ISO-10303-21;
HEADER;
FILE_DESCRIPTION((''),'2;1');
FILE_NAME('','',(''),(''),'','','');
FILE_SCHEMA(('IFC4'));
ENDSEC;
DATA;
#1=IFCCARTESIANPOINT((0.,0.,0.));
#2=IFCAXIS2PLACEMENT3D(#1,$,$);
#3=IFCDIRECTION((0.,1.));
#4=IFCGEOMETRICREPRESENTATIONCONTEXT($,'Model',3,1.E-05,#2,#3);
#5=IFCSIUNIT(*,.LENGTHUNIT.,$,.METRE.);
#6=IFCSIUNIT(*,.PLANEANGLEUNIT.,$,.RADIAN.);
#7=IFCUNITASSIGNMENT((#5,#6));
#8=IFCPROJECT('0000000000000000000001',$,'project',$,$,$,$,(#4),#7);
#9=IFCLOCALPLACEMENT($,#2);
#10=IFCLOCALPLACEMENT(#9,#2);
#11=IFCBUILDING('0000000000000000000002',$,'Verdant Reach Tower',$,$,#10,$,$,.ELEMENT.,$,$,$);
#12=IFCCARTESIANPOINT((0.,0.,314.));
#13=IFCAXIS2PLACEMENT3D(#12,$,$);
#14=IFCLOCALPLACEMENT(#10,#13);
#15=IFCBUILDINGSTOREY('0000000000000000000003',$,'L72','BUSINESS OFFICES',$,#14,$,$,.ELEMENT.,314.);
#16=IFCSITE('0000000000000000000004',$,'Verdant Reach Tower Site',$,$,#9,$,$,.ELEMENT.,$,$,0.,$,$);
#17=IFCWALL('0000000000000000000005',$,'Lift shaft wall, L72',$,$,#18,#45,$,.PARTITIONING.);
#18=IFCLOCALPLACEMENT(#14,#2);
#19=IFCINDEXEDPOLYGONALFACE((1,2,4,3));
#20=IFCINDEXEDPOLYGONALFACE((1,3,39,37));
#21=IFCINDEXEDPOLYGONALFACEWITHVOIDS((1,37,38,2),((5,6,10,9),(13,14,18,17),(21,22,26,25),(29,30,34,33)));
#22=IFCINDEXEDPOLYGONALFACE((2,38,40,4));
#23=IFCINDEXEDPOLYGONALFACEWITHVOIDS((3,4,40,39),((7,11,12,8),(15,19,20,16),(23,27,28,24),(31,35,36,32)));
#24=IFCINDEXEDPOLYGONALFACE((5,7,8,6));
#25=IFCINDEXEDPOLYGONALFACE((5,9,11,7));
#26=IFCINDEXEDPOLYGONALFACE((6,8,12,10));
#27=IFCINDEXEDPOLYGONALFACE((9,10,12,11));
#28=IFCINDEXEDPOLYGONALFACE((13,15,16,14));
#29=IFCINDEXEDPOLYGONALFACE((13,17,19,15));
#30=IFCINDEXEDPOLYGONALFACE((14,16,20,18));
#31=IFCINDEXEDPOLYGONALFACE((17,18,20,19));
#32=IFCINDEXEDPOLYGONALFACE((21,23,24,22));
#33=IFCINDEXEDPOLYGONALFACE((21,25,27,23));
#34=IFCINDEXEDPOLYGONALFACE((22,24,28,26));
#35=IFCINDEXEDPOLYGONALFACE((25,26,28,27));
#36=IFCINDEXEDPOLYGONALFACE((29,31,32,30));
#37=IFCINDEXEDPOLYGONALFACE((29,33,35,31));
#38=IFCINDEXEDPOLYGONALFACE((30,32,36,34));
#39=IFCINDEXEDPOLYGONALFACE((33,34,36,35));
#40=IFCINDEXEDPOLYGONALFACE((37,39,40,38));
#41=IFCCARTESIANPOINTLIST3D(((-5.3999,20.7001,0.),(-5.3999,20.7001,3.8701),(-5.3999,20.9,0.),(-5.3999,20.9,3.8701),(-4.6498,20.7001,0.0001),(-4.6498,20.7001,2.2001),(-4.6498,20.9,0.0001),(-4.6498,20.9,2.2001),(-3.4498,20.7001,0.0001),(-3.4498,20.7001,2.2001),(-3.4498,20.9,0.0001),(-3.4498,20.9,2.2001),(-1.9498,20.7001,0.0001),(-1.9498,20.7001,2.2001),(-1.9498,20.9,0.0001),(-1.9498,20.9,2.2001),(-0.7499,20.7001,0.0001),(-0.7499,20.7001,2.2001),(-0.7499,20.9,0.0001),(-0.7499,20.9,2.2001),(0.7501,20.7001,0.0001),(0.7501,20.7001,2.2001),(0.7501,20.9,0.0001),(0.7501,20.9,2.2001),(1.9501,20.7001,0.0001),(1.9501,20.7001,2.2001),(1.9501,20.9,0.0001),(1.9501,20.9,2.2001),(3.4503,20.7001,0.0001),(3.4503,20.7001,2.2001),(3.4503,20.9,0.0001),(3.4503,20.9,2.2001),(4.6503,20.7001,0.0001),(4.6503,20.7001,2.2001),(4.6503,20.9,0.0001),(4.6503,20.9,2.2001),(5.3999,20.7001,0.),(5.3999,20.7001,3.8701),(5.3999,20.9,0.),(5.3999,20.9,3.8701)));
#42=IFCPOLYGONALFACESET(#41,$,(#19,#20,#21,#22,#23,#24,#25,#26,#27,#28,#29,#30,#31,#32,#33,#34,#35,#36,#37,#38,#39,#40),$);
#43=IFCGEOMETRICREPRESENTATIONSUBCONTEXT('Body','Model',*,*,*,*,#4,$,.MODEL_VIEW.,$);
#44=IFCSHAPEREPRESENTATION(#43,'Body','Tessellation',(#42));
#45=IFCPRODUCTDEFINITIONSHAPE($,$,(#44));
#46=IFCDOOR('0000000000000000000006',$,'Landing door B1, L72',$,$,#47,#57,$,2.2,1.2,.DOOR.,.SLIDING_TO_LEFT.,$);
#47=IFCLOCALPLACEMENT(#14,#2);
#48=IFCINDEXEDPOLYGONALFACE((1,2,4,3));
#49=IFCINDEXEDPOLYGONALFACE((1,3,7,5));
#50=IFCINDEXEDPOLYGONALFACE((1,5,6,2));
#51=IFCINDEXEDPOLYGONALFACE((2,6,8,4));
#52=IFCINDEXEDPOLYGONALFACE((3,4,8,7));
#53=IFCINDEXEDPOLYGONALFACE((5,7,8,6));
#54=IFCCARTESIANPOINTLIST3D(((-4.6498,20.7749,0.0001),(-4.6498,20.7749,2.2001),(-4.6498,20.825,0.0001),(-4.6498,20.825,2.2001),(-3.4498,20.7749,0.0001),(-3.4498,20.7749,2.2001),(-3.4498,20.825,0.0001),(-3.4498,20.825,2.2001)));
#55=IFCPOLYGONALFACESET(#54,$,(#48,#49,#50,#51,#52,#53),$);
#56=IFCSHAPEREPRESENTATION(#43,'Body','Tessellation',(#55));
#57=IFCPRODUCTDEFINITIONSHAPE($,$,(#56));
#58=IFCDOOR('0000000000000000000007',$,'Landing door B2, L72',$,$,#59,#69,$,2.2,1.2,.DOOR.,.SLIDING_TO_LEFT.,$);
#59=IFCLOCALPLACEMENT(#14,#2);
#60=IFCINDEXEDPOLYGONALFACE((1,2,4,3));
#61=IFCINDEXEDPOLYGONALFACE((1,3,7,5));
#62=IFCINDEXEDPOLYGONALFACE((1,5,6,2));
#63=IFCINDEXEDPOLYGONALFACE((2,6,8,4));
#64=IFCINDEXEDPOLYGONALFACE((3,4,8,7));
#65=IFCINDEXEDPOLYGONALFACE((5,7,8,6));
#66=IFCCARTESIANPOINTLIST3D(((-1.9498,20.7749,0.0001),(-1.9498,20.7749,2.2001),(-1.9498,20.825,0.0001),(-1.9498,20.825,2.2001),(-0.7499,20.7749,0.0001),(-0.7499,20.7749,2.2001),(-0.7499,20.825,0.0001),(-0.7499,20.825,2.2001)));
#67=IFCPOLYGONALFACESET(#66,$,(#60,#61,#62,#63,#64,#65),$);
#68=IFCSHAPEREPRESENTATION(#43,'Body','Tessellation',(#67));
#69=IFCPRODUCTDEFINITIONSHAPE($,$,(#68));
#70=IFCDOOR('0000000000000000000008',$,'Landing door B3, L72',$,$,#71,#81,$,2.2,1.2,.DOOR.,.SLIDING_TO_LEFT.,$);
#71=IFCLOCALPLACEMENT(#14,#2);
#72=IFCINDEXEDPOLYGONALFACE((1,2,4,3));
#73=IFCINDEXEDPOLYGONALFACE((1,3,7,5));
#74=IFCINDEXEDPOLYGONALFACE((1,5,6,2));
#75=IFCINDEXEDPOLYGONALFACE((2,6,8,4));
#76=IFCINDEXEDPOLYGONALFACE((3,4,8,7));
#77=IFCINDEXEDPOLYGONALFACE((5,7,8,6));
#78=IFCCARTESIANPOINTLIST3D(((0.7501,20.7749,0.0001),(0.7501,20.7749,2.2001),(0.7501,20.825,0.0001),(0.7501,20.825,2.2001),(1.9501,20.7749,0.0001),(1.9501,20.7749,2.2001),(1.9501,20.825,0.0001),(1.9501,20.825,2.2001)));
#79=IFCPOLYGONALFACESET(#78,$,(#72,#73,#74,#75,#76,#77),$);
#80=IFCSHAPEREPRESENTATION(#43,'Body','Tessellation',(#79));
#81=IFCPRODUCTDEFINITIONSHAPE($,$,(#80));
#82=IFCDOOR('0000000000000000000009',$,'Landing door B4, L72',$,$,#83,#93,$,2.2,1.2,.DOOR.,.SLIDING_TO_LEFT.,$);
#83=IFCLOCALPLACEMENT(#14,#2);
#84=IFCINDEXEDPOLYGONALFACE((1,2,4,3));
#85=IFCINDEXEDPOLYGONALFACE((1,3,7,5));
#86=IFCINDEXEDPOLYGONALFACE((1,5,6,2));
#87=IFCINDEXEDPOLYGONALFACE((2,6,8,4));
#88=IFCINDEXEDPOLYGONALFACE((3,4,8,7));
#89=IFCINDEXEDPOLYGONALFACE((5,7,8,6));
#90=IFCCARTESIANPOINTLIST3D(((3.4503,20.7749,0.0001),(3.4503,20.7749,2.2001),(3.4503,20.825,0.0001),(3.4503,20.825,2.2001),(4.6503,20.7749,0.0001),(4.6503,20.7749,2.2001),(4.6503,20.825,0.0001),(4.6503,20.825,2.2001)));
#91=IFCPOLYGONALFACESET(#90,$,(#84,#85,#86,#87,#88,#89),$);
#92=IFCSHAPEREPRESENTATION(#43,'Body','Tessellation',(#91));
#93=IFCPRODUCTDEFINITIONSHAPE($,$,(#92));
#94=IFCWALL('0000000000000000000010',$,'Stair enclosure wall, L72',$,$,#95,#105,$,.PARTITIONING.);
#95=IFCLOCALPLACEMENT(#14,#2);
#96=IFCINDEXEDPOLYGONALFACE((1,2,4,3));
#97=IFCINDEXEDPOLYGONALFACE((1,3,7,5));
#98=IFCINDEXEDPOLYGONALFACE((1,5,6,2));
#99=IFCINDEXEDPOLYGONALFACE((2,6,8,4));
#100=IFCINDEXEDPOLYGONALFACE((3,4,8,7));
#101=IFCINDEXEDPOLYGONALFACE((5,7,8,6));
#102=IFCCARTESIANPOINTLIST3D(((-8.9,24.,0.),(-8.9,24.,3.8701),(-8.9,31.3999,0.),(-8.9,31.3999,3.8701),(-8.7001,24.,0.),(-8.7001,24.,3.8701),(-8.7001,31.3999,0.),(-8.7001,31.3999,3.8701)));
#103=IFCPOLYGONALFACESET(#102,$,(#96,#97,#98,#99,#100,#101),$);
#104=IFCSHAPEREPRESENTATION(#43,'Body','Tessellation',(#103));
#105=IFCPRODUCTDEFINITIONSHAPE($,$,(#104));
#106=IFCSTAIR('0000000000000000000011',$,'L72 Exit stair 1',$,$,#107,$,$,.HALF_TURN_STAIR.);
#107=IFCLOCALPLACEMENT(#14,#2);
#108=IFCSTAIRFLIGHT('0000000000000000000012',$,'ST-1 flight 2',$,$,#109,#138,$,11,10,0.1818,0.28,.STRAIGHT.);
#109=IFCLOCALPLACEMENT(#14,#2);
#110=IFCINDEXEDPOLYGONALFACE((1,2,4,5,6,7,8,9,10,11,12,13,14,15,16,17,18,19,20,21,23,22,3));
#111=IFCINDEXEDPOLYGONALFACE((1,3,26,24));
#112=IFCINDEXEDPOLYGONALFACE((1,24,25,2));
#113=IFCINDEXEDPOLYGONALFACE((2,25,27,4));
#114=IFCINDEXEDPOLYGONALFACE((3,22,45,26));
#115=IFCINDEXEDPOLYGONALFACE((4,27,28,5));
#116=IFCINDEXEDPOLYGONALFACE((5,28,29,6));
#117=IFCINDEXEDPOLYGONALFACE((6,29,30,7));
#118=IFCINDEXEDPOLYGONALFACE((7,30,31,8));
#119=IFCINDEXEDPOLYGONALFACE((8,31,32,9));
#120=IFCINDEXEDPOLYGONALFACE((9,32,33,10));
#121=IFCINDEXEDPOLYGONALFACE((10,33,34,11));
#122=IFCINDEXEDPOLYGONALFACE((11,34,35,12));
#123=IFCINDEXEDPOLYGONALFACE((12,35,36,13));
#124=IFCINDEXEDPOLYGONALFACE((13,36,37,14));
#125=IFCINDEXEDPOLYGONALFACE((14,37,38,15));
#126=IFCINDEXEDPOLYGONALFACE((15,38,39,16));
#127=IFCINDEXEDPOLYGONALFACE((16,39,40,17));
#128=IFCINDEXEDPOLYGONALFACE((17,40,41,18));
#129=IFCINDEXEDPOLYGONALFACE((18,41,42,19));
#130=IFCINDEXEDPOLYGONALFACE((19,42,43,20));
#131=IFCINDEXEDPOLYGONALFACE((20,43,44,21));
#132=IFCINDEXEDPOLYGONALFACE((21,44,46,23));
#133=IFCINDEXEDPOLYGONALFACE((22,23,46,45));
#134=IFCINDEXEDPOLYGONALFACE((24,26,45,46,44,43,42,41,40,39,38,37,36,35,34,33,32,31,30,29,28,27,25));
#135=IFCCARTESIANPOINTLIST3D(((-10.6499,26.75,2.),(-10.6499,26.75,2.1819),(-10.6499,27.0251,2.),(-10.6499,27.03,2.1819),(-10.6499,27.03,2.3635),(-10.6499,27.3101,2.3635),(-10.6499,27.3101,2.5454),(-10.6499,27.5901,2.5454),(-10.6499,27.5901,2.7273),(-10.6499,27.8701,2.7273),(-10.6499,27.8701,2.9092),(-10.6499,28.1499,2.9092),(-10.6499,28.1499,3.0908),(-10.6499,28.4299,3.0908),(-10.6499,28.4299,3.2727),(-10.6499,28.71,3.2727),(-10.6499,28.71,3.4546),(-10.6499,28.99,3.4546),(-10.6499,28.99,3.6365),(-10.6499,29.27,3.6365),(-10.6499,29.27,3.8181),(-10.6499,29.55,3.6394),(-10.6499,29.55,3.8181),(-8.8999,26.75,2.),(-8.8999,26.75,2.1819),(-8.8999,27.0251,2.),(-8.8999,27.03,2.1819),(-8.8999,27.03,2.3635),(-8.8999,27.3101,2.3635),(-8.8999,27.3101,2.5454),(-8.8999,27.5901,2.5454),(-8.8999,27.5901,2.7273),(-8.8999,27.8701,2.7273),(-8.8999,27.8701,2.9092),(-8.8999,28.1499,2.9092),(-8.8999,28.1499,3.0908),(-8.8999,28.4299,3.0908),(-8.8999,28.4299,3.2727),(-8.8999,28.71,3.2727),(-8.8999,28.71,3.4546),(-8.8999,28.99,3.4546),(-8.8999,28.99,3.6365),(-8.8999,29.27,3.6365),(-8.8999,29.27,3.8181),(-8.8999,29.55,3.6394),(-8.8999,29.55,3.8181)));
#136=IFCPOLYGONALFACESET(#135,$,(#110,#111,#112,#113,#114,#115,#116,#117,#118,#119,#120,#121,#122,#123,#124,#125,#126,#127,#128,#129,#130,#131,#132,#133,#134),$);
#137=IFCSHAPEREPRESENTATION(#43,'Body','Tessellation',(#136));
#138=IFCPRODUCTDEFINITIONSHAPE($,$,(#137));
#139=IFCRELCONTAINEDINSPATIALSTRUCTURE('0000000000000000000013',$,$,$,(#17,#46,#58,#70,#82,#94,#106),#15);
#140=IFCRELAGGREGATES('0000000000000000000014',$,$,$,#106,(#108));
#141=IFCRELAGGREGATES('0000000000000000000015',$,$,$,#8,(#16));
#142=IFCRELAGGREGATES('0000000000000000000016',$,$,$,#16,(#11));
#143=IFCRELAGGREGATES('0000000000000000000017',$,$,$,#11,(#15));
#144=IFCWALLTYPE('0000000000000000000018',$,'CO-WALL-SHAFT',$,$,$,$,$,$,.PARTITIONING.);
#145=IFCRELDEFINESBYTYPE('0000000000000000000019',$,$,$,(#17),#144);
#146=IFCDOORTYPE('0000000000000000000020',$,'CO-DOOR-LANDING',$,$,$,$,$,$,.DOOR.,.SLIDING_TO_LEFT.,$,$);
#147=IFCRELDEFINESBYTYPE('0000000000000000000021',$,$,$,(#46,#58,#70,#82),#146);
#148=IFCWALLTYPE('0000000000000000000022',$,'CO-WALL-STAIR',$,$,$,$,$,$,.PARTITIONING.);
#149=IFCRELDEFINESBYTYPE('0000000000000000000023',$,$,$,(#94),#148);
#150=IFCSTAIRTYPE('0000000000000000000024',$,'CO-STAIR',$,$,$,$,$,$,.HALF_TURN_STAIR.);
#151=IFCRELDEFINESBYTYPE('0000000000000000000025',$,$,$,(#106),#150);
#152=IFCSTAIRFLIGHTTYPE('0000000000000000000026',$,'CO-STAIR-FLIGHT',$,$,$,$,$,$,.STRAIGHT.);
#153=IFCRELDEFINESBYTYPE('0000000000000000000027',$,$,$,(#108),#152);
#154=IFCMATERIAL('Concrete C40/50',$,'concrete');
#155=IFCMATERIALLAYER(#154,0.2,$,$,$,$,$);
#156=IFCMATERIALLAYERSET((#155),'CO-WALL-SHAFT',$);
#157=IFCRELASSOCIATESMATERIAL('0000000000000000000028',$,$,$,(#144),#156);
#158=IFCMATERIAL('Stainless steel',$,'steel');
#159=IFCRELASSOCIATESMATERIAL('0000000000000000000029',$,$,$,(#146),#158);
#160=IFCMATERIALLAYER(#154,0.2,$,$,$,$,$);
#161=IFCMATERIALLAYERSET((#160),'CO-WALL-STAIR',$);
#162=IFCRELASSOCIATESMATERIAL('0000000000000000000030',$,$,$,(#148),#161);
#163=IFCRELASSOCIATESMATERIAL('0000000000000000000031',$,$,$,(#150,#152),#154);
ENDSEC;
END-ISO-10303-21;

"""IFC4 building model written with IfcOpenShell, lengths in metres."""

from ifc_helpers import new_model, si_unit, direction, frame, frame_2d, origin, place, context, subcontext, project, spatial, polyline, rectangle, outline, extrude, material, layer, layer_set, type_object, element, fill, aggregate, save


model = new_model("IFC4")

# Units and contexts
model_context = context("Model", 3, precision=1e-05, world=origin(), true_north=direction((0.0, 1.0)))
body_context = subcontext(model_context, "Body", "Model", "MODEL_VIEW")
ifc_project = project(units=[si_unit("LENGTHUNIT", "METRE"), si_unit("PLANEANGLEUNIT", "RADIAN")], contexts=[model_context])

# Site, building, storey
site_placement = place(None, origin())
site = spatial("IfcSite", under=ifc_project, at=site_placement, Name="Verdant Reach Tower Site", CompositionType="ELEMENT", RefElevation=0.0)
building_placement = place(site_placement, origin())
building = spatial("IfcBuilding", under=site, at=building_placement, Name="Verdant Reach Tower", CompositionType="ELEMENT")
storey_placement = place(building_placement, frame((0.0, 0.0, 314.0)))
storey = spatial("IfcBuildingStorey", under=building, at=storey_placement, Name="L72", Description="BUSINESS OFFICES", CompositionType="ELEMENT", Elevation=314.0)

# Wall, openings, doors
ifc_material_1 = material(Name="Concrete C40/50", Category="concrete")
ifc_layer_1 = layer(ifc_material_1, 0.2)
ifc_layer_set_1 = layer_set([ifc_layer_1], Name="CO-WALL-SHAFT")
wall_type_1 = type_object("IfcWallType", Name="CO-WALL-SHAFT", PredefinedType="PARTITIONING", material=ifc_layer_set_1)
wall_1_placement = place(storey_placement, frame((-5.3999, 20.8, 0.0), z_axis=(0.0, 0.0, 1.0), x_axis=(1.0, 0.0, 0.0)))
wall_1 = element("IfcWall", 1, at=wall_1_placement, inside=storey, type_object=wall_type_1, Name="Lift shaft wall, L72", PredefinedType="PARTITIONING", context=body_context, shape_type="SweptSolid", body=[
    extrude(rectangle(XDim=10.7998, YDim=0.2, at=frame_2d((5.3999, 0.0))), origin(), (0.0, 0.0, 1.0), 3.8701),
])
opening_1_placement = place(wall_1_placement, frame((0.75, 0.0, 0.0)))
opening_1 = element("IfcOpeningElement", 2, at=opening_1_placement, cuts=wall_1, PredefinedType="OPENING", context=body_context, shape_type="SweptSolid", body=[
    extrude(rectangle(XDim=1.2, YDim=2.2, at=frame_2d((0.6001, 1.1001))), frame((0.0, 0.1099, 0.0), z_axis=(0.0, -1.0, 0.0), x_axis=(1.0, 0.0, 0.0)), (0.0, 0.0, 1.0), 0.22),
])
opening_2_placement = place(wall_1_placement, frame((3.45, 0.0, 0.0)))
opening_2 = element("IfcOpeningElement", 3, at=opening_2_placement, cuts=wall_1, PredefinedType="OPENING", context=body_context, shape_type="SweptSolid", body=[
    extrude(rectangle(XDim=1.2, YDim=2.2, at=frame_2d((0.6001, 1.1001))), frame((0.0, 0.1099, 0.0), z_axis=(0.0, -1.0, 0.0), x_axis=(1.0, 0.0, 0.0)), (0.0, 0.0, 1.0), 0.22),
])
opening_3_placement = place(wall_1_placement, frame((6.1499, 0.0, 0.0)))
opening_3 = element("IfcOpeningElement", 4, at=opening_3_placement, cuts=wall_1, PredefinedType="OPENING", context=body_context, shape_type="SweptSolid", body=[
    extrude(rectangle(XDim=1.2, YDim=2.2, at=frame_2d((0.6001, 1.1001))), frame((0.0, 0.1099, 0.0), z_axis=(0.0, -1.0, 0.0), x_axis=(1.0, 0.0, 0.0)), (0.0, 0.0, 1.0), 0.22),
])
opening_4_placement = place(wall_1_placement, frame((8.8501, 0.0, 0.0)))
opening_4 = element("IfcOpeningElement", 5, at=opening_4_placement, cuts=wall_1, PredefinedType="OPENING", context=body_context, shape_type="SweptSolid", body=[
    extrude(rectangle(XDim=1.2, YDim=2.2, at=frame_2d((0.6001, 1.1001))), frame((0.0, 0.1099, 0.0), z_axis=(0.0, -1.0, 0.0), x_axis=(1.0, 0.0, 0.0)), (0.0, 0.0, 1.0), 0.22),
])
ifc_material_2 = material(Name="Stainless steel", Category="steel")
door_type_1 = type_object("IfcDoorType", Name="CO-DOOR-LANDING", OperationType="SLIDING_TO_LEFT", PredefinedType="DOOR", material=ifc_material_2)
door_1_placement = place(opening_1_placement, origin())
door_1 = element("IfcDoor", 6, at=door_1_placement, inside=storey, type_object=door_type_1, Name="Landing door B1, L72", OperationType="SLIDING_TO_LEFT", OverallHeight=2.2, OverallWidth=1.2, PredefinedType="DOOR", context=body_context, shape_type="SweptSolid", body=[
    extrude(rectangle(XDim=1.2, YDim=2.2, at=frame_2d((0.6001, 1.1001))), frame((0.0, 0.0249, 0.0), z_axis=(0.0, -1.0, 0.0), x_axis=(1.0, 0.0, 0.0)), (0.0, 0.0, 1.0), 0.05),
])
fill(opening_1, door_1)
door_2_placement = place(opening_2_placement, origin())
door_2 = element("IfcDoor", 7, at=door_2_placement, inside=storey, type_object=door_type_1, Name="Landing door B2, L72", OperationType="SLIDING_TO_LEFT", OverallHeight=2.2, OverallWidth=1.2, PredefinedType="DOOR", context=body_context, shape_type="SweptSolid", body=[
    extrude(rectangle(XDim=1.2, YDim=2.2, at=frame_2d((0.6001, 1.1001))), frame((0.0, 0.0249, 0.0), z_axis=(0.0, -1.0, 0.0), x_axis=(1.0, 0.0, 0.0)), (0.0, 0.0, 1.0), 0.05),
])
fill(opening_2, door_2)
door_3_placement = place(opening_3_placement, origin())
door_3 = element("IfcDoor", 8, at=door_3_placement, inside=storey, type_object=door_type_1, Name="Landing door B3, L72", OperationType="SLIDING_TO_LEFT", OverallHeight=2.2, OverallWidth=1.2, PredefinedType="DOOR", context=body_context, shape_type="SweptSolid", body=[
    extrude(rectangle(XDim=1.2, YDim=2.2, at=frame_2d((0.6001, 1.1001))), frame((0.0, 0.0249, 0.0), z_axis=(0.0, -1.0, 0.0), x_axis=(1.0, 0.0, 0.0)), (0.0, 0.0, 1.0), 0.05),
])
fill(opening_3, door_3)
door_4_placement = place(opening_4_placement, origin())
door_4 = element("IfcDoor", 9, at=door_4_placement, inside=storey, type_object=door_type_1, Name="Landing door B4, L72", OperationType="SLIDING_TO_LEFT", OverallHeight=2.2, OverallWidth=1.2, PredefinedType="DOOR", context=body_context, shape_type="SweptSolid", body=[
    extrude(rectangle(XDim=1.2, YDim=2.2, at=frame_2d((0.6001, 1.1001))), frame((0.0, 0.0249, 0.0), z_axis=(0.0, -1.0, 0.0), x_axis=(1.0, 0.0, 0.0)), (0.0, 0.0, 1.0), 0.05),
])
fill(opening_4, door_4)

# Wall
ifc_layer_2 = layer(ifc_material_1, 0.2)
ifc_layer_set_2 = layer_set([ifc_layer_2], Name="CO-WALL-STAIR")
wall_type_2 = type_object("IfcWallType", Name="CO-WALL-STAIR", PredefinedType="PARTITIONING", material=ifc_layer_set_2)
wall_2_placement = place(storey_placement, frame((-8.8, 24.0, 0.0), z_axis=(0.0, 0.0, 1.0), x_axis=(0.0, 1.0, 0.0)))
element("IfcWall", 10, at=wall_2_placement, inside=storey, type_object=wall_type_2, Name="Stair enclosure wall, L72", PredefinedType="PARTITIONING", context=body_context, shape_type="SweptSolid", body=[
    extrude(rectangle(XDim=7.3999, YDim=0.2, at=frame_2d((3.7, 0.0))), origin(), (0.0, 0.0, 1.0), 3.8701),
])

# Stair, stair flight
stair_type = type_object("IfcStairType", Name="CO-STAIR", PredefinedType="HALF_TURN_STAIR", material=ifc_material_1)
stair_placement = place(storey_placement, origin())
stair = element("IfcStair", 11, at=stair_placement, inside=storey, type_object=stair_type, Name="L72 Exit stair 1", PredefinedType="HALF_TURN_STAIR")
stair_flight_type = type_object("IfcStairFlightType", Name="CO-STAIR-FLIGHT", PredefinedType="STRAIGHT", material=ifc_material_1)
stair_flight_placement = place(storey_placement, frame((-9.7749, 26.75, 2.0), z_axis=(0.0, 0.0, 1.0), x_axis=(0.0, 1.0, 0.0)))
stair_flight = element("IfcStairFlight", 12, at=stair_flight_placement, type_object=stair_flight_type, Name="ST-1 flight 2", NumberOfRisers=11, NumberOfTreads=10, PredefinedType="STRAIGHT", RiserHeight=0.1818, TreadLength=0.28, context=body_context, shape_type="SweptSolid", body=[
    extrude(outline(polyline([(0.0, 0.0), (0.0, 0.1819), (0.28, 0.1819), (0.28, 0.3635), (0.5601, 0.3635), (0.5601, 0.5454), (0.8401, 0.5454), (0.8401, 0.7273), (1.1201, 0.7273), (1.1201, 0.9092), (1.3999, 0.9092), (1.3999, 1.0908), (1.6799, 1.0908), (1.6799, 1.2727), (1.96, 1.2727), (1.96, 1.4546), (2.24, 1.4546), (2.24, 1.6365), (2.52, 1.6365), (2.52, 1.8181), (2.8, 1.8181), (2.8, 2.0), (2.8, 1.6394), (0.2751, 0.0), (0.0, 0.0)])), frame((0.0, 0.875, 0.0), z_axis=(0.0, -1.0, 0.0), x_axis=(1.0, 0.0, 0.0)), (0.0, 0.0, 1.0), 1.75),
])
aggregate(stair, [stair_flight])

save(model, "model.ifc")
